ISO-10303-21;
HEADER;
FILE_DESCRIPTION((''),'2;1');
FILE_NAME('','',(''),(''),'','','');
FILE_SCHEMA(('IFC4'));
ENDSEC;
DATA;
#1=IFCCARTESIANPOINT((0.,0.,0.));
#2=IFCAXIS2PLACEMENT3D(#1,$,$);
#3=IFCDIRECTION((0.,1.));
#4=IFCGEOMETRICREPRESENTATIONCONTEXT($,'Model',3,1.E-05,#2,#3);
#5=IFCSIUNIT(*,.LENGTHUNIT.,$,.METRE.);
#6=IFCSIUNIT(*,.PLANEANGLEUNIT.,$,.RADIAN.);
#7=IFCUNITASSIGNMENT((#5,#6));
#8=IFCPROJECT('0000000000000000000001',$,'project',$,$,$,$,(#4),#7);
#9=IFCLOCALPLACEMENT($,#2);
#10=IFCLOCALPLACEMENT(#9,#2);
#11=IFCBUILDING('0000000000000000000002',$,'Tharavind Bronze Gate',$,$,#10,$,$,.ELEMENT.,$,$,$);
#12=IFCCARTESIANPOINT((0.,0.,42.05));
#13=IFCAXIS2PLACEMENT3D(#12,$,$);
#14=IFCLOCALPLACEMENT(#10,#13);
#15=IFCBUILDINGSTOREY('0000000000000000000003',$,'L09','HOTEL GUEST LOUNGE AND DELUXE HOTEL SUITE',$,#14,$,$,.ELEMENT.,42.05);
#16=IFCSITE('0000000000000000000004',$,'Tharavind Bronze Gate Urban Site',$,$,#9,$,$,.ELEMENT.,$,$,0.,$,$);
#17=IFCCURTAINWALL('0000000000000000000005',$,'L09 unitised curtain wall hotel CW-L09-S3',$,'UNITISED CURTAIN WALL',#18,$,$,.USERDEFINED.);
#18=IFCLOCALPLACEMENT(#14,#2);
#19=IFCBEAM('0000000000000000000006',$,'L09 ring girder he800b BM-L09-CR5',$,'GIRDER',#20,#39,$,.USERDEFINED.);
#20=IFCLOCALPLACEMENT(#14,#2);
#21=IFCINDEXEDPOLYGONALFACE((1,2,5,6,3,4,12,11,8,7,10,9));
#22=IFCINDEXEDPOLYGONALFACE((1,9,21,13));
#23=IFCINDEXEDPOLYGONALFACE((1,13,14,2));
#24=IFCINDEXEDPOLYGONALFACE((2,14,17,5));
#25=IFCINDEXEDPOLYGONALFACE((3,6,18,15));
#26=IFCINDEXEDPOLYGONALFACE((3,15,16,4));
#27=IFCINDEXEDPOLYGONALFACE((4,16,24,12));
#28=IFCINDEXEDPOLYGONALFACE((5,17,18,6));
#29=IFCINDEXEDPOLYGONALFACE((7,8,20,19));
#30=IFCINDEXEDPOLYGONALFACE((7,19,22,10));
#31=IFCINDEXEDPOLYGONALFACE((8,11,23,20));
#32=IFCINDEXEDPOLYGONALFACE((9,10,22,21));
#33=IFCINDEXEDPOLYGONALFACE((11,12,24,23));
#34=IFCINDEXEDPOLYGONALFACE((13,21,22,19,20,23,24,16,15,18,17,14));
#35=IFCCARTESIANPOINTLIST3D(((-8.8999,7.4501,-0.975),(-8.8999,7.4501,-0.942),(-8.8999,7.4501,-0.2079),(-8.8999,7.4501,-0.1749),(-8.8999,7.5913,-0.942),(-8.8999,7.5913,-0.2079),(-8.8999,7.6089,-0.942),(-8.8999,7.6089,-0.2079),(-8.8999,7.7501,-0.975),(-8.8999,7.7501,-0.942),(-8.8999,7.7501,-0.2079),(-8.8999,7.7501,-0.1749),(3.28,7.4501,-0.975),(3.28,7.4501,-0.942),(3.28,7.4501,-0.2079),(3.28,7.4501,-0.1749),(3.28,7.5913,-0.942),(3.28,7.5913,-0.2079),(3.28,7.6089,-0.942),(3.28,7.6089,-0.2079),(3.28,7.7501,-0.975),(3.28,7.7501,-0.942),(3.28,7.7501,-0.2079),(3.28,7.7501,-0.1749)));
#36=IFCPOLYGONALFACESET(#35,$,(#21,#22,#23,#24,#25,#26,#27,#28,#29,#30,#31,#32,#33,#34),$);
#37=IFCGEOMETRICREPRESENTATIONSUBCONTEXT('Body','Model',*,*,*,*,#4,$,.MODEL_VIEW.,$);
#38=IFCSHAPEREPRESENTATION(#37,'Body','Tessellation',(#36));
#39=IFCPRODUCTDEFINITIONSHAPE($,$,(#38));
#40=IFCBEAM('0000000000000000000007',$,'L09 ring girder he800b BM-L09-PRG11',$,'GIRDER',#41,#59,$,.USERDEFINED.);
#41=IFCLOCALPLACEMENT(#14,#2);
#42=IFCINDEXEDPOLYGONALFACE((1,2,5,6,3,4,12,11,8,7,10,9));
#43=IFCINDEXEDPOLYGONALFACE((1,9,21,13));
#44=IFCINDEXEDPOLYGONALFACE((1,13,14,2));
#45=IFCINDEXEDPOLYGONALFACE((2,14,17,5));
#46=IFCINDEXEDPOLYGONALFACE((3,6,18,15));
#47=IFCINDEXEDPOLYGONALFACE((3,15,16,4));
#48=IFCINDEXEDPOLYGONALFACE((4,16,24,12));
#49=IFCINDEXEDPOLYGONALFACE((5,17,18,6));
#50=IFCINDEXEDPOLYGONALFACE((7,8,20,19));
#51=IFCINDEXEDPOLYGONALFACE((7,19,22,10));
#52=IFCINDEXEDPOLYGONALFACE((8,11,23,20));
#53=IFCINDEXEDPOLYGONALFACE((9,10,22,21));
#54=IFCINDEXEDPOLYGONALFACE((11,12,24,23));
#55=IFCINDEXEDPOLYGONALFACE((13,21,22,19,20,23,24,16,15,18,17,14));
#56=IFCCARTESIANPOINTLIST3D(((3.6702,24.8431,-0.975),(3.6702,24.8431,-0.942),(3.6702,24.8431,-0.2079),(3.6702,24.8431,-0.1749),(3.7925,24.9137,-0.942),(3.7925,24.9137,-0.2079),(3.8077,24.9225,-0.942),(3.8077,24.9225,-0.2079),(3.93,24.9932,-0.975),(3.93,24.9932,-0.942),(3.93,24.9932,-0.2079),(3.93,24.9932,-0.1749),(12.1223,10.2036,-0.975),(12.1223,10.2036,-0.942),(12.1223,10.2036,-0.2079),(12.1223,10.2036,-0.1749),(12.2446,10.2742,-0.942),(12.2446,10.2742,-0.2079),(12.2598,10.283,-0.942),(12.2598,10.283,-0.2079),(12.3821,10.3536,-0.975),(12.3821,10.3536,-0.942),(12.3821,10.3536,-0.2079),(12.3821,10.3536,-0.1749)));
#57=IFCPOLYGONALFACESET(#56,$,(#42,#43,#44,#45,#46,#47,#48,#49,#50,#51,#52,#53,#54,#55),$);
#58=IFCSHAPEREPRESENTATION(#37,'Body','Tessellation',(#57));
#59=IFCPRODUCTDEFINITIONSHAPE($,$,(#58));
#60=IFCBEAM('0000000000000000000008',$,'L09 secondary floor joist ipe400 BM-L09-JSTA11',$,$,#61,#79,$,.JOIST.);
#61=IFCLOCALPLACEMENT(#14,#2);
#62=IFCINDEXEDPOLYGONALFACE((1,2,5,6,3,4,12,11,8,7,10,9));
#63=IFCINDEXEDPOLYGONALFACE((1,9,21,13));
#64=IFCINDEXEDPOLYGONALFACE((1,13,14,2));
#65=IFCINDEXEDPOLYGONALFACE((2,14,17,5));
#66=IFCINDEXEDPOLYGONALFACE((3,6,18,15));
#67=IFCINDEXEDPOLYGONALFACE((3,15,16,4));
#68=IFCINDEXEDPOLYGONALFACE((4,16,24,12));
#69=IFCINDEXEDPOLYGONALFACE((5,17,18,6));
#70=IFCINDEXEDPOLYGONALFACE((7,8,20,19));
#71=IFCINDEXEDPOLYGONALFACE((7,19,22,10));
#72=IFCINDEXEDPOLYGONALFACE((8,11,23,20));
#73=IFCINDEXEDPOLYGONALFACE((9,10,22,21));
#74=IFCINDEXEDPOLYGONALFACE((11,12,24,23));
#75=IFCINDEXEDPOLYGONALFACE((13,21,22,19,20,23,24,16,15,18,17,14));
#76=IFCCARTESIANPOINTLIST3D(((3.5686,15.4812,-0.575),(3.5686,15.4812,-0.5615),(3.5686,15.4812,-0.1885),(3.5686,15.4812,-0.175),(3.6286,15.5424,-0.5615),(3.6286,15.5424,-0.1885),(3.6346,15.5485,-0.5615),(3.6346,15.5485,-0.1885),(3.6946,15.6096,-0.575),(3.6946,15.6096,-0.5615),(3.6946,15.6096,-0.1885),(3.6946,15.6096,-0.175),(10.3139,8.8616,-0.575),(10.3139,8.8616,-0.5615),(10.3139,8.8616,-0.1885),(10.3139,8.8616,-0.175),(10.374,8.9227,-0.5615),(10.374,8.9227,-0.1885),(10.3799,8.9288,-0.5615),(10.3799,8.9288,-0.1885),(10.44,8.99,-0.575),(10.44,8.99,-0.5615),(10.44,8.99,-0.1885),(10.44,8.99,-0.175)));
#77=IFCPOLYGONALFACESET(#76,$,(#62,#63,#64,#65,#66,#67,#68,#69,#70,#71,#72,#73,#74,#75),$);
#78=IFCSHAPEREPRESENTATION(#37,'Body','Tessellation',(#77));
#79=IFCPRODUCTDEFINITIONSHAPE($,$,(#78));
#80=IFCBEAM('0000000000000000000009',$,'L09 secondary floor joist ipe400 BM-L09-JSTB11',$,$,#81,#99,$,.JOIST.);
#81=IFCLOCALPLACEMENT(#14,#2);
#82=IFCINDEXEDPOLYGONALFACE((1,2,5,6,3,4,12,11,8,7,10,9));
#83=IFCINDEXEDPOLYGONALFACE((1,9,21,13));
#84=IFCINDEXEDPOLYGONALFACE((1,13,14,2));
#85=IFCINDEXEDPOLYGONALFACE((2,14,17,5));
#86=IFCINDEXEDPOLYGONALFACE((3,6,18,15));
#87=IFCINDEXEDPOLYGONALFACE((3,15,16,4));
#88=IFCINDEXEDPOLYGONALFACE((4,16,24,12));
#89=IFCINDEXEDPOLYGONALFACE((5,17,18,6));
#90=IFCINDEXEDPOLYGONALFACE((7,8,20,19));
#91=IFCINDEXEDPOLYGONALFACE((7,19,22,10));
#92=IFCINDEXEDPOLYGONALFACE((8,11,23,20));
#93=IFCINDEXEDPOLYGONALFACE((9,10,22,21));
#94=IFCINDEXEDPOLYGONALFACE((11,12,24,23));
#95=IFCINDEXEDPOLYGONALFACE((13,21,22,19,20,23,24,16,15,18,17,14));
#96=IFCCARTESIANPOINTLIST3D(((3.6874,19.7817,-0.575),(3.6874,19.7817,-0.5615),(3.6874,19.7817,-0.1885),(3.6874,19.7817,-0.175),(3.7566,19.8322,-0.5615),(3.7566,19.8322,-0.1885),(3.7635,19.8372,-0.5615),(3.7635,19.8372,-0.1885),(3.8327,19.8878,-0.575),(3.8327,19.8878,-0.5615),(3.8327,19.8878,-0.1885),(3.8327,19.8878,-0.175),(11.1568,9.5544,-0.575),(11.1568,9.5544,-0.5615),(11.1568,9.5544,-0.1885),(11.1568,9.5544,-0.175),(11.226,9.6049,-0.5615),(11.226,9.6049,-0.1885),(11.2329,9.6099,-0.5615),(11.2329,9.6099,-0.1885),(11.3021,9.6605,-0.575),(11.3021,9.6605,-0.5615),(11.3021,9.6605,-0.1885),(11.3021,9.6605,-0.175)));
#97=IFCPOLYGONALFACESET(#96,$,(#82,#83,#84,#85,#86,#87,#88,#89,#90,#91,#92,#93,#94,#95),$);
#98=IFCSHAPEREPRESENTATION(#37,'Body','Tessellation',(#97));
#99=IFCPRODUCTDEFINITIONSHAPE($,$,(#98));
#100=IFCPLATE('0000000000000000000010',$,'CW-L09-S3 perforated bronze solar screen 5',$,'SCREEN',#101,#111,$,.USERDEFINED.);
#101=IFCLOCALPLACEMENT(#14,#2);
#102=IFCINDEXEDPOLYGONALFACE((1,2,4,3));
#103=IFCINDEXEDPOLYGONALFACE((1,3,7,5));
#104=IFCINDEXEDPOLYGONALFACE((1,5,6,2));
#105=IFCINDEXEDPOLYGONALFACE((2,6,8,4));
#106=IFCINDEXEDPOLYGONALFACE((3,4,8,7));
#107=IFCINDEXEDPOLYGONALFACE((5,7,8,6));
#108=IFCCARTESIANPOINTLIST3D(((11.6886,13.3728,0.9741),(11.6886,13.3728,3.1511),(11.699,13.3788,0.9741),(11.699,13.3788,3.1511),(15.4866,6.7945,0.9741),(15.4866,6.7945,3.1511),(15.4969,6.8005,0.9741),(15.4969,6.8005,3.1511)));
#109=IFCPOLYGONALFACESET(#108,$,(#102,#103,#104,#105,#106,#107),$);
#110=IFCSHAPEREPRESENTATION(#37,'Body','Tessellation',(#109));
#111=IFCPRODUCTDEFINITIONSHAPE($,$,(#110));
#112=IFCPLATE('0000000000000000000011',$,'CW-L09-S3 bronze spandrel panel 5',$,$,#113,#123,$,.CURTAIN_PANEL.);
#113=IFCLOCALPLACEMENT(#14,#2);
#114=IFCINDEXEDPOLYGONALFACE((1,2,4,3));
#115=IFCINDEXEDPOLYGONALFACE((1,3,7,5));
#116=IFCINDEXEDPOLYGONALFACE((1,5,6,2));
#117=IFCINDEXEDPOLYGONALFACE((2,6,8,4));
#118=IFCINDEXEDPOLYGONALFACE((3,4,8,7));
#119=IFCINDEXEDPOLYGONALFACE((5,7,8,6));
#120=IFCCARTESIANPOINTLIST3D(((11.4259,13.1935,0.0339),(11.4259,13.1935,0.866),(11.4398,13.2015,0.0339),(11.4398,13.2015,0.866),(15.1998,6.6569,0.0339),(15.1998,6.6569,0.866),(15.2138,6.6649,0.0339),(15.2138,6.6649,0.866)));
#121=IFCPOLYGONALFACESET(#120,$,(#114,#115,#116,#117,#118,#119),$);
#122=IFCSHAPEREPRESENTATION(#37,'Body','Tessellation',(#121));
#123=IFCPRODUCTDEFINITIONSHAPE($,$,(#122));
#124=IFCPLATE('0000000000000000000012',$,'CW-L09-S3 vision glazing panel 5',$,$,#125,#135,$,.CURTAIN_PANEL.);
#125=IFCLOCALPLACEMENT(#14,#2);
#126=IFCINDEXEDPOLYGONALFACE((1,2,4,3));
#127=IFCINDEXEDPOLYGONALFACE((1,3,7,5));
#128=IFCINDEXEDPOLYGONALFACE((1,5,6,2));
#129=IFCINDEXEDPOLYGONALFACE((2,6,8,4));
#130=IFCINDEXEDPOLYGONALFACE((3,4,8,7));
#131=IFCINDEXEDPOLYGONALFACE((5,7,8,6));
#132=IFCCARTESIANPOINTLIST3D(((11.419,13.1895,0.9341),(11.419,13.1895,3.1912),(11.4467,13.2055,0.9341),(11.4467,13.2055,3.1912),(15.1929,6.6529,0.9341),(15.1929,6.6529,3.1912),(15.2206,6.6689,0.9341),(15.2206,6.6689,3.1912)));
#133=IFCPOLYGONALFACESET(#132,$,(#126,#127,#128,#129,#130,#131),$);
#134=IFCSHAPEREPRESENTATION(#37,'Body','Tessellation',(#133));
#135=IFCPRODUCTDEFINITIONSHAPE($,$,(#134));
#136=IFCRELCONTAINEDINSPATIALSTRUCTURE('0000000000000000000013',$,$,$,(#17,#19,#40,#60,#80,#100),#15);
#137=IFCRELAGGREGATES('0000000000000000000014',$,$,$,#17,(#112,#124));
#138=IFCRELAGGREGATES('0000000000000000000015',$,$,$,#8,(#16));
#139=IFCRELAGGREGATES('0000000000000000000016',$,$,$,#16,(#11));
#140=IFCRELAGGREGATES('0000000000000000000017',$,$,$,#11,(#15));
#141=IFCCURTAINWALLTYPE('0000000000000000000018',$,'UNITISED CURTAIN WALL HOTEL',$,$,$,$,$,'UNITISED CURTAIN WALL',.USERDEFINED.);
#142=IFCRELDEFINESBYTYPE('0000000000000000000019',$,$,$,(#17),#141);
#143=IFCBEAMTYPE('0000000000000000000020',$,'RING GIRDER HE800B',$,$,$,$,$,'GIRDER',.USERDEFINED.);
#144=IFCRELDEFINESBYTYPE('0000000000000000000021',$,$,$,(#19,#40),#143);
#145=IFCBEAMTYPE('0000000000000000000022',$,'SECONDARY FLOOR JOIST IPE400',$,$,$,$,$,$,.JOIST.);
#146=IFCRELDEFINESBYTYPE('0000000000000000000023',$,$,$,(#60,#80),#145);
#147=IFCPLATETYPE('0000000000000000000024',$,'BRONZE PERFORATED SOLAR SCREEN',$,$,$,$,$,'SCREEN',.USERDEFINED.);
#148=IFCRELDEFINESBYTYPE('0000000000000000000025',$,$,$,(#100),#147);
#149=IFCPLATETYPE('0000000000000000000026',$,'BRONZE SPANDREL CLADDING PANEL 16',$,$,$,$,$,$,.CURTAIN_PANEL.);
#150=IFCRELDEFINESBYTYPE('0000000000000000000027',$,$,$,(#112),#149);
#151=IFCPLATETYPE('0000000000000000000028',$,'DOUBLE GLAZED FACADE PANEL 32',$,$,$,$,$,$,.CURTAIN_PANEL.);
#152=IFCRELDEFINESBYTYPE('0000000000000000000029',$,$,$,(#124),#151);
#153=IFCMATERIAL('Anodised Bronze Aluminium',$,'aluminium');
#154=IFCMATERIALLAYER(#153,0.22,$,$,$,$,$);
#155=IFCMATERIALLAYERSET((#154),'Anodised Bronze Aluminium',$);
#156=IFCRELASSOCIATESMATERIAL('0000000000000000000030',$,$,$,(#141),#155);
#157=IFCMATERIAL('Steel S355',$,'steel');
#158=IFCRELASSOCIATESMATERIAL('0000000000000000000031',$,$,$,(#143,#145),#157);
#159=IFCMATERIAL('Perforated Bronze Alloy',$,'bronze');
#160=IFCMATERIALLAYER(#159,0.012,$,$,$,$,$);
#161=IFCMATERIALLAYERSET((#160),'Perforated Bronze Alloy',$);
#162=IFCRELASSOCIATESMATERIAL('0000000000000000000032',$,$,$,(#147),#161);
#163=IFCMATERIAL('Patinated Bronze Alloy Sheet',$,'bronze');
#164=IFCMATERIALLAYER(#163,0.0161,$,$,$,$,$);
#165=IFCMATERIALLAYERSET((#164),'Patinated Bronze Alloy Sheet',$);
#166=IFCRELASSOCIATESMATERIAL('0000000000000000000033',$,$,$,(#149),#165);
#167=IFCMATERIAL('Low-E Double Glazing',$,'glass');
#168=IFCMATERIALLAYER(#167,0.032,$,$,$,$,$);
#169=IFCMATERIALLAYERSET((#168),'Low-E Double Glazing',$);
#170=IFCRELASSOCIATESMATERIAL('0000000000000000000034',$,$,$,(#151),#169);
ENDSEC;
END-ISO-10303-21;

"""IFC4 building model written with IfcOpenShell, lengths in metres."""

from ifc_helpers import new_model, si_unit, direction, frame, origin, origin_2d, place, context, subcontext, project, spatial, rectangle, i_section, extrude, material, layer, layer_set, material_profile, profile_set, type_object, element, aggregate, save


model = new_model("IFC4")

# Units and contexts
model_context = context("Model", 3, precision=1e-05, world=origin(), true_north=direction((0.0, 1.0)))
body_context = subcontext(model_context, "Body", "Model", "MODEL_VIEW")
ifc_project = project(units=[si_unit("LENGTHUNIT", "METRE"), si_unit("PLANEANGLEUNIT", "RADIAN")], contexts=[model_context])

# Site, building, storey
site_placement = place(None, origin())
site = spatial("IfcSite", under=ifc_project, at=site_placement, Name="Tharavind Bronze Gate Urban Site", CompositionType="ELEMENT", RefElevation=0.0)
building_placement = place(site_placement, origin())
building = spatial("IfcBuilding", under=site, at=building_placement, Name="Tharavind Bronze Gate", CompositionType="ELEMENT")
storey_placement = place(building_placement, frame((0.0, 0.0, 42.05)))
storey = spatial("IfcBuildingStorey", under=building, at=storey_placement, Name="L09", Description="HOTEL GUEST LOUNGE AND DELUXE HOTEL SUITE", CompositionType="ELEMENT", Elevation=42.05)

# Curtain wall
ifc_material_1 = material(Name="Anodised Bronze Aluminium", Category="aluminium")
ifc_layer_1 = layer(ifc_material_1, 0.22)
ifc_layer_set_1 = layer_set([ifc_layer_1], Name="Anodised Bronze Aluminium")
curtain_wall_type = type_object("IfcCurtainWallType", Name="UNITISED CURTAIN WALL HOTEL", ElementType="UNITISED CURTAIN WALL", PredefinedType="USERDEFINED", material=ifc_layer_set_1)
curtain_wall_placement = place(storey_placement, origin())
curtain_wall = element("IfcCurtainWall", 1, at=curtain_wall_placement, inside=storey, type_object=curtain_wall_type, Name="L09 unitised curtain wall hotel CW-L09-S3", ObjectType="UNITISED CURTAIN WALL", PredefinedType="USERDEFINED")

# Beams
ifc_material_2 = material(Name="Steel S355", Category="steel")
ifc_material_profile_1 = material_profile(ifc_material_2, i_section(OverallWidth=0.3, OverallDepth=0.8, WebThickness=0.0176, FlangeThickness=0.033, at=origin_2d()), Name="HE800B")
ifc_profile_set_1 = profile_set([ifc_material_profile_1], Name="Steel S355")
beam_type_1 = type_object("IfcBeamType", Name="RING GIRDER HE800B", ElementType="GIRDER", PredefinedType="USERDEFINED", material=ifc_profile_set_1)
beam_1_placement = place(storey_placement, frame((3.28, 7.6001, -0.575), z_axis=(-1.0, 0.0, 0.0), x_axis=(0.0, -1.0, 0.0)))
element("IfcBeam", 2, at=beam_1_placement, inside=storey, type_object=beam_type_1, Name="L09 ring girder he800b BM-L09-CR5", ObjectType="GIRDER", PredefinedType="USERDEFINED", context=body_context, shape_type="SweptSolid", body=[
    extrude(i_section(OverallWidth=0.3, OverallDepth=0.8, WebThickness=0.0176, FlangeThickness=0.033, at=origin_2d()), origin(), (0.0, 0.0, 1.0), 12.1799),
])
beam_2_placement = place(storey_placement, frame((12.2522, 10.2786, -0.575), z_axis=(-0.499997, 0.866027, 0.0), x_axis=(-0.866027, -0.499997, 0.0)))
element("IfcBeam", 3, at=beam_2_placement, inside=storey, type_object=beam_type_1, Name="L09 ring girder he800b BM-L09-PRG11", ObjectType="GIRDER", PredefinedType="USERDEFINED", context=body_context, shape_type="SweptSolid", body=[
    extrude(i_section(OverallWidth=0.3, OverallDepth=0.8, WebThickness=0.0176, FlangeThickness=0.033, at=origin_2d()), origin(), (0.0, 0.0, 1.0), 16.9043),
])
ifc_material_profile_2 = material_profile(ifc_material_2, i_section(OverallWidth=0.1799, OverallDepth=0.3999, WebThickness=0.0085, FlangeThickness=0.0134, at=origin_2d()), Name="IPE400")
ifc_profile_set_2 = profile_set([ifc_material_profile_2], Name="Steel S355")
beam_type_2 = type_object("IfcBeamType", Name="SECONDARY FLOOR JOIST IPE400", PredefinedType="JOIST", material=ifc_profile_set_2)
beam_3_placement = place(storey_placement, frame((10.377, 8.9258, -0.375), z_axis=(-0.713727, 0.700424, 0.0), x_axis=(-0.700424, -0.713727, 0.0)))
element("IfcBeam", 4, at=beam_3_placement, inside=storey, type_object=beam_type_2, Name="L09 secondary floor joist ipe400 BM-L09-JSTA11", PredefinedType="JOIST", context=body_context, shape_type="SweptSolid", body=[
    extrude(i_section(OverallWidth=0.1799, OverallDepth=0.3999, WebThickness=0.0085, FlangeThickness=0.0134, at=origin_2d()), origin(), (0.0, 0.0, 1.0), 9.4509),
])
beam_4_placement = place(storey_placement, frame((11.2295, 9.6074, -0.375), z_axis=(-0.589795, 0.807553, 0.0), x_axis=(-0.807553, -0.589795, 0.0)))
element("IfcBeam", 5, at=beam_4_placement, inside=storey, type_object=beam_type_2, Name="L09 secondary floor joist ipe400 BM-L09-JSTB11", PredefinedType="JOIST", context=body_context, shape_type="SweptSolid", body=[
    extrude(i_section(OverallWidth=0.1799, OverallDepth=0.3999, WebThickness=0.0085, FlangeThickness=0.0134, at=origin_2d()), origin(), (0.0, 0.0, 1.0), 12.6646),
])

# Plates
ifc_material_3 = material(Name="Perforated Bronze Alloy", Category="bronze")
ifc_layer_2 = layer(ifc_material_3, 0.012)
ifc_layer_set_2 = layer_set([ifc_layer_2], Name="Perforated Bronze Alloy")
plate_type_1 = type_object("IfcPlateType", Name="BRONZE PERFORATED SOLAR SCREEN", ElementType="SCREEN", PredefinedType="USERDEFINED", material=ifc_layer_set_2)
plate_1_placement = place(storey_placement, frame((13.5928, 10.0867, 0.9741), z_axis=(0.0, 0.0, 1.0), x_axis=(-0.500002, 0.866025, 0.0)))
element("IfcPlate", 6, at=plate_1_placement, inside=storey, type_object=plate_type_1, Name="CW-L09-S3 perforated bronze solar screen 5", ObjectType="SCREEN", PredefinedType="USERDEFINED", context=body_context, shape_type="SweptSolid", body=[
    extrude(rectangle(XDim=7.5959, YDim=0.012, at=origin_2d()), origin(), (0.0, 0.0, 1.0), 2.177),
])
ifc_material_4 = material(Name="Patinated Bronze Alloy Sheet", Category="bronze")
ifc_layer_3 = layer(ifc_material_4, 0.0161)
ifc_layer_set_3 = layer_set([ifc_layer_3], Name="Patinated Bronze Alloy Sheet")
plate_type_2 = type_object("IfcPlateType", Name="BRONZE SPANDREL CLADDING PANEL 16", PredefinedType="CURTAIN_PANEL", material=ifc_layer_set_3)
plate_2_placement = place(storey_placement, frame((13.3198, 9.9292, 0.0339), z_axis=(0.0, 0.0, 1.0), x_axis=(-0.500002, 0.866025, 0.0)))
plate_2 = element("IfcPlate", 7, at=plate_2_placement, type_object=plate_type_2, Name="CW-L09-S3 bronze spandrel panel 5", PredefinedType="CURTAIN_PANEL", context=body_context, shape_type="SweptSolid", body=[
    extrude(rectangle(XDim=7.5479, YDim=0.0161, at=origin_2d()), origin(), (0.0, 0.0, 1.0), 0.832),
])
ifc_material_5 = material(Name="Low-E Double Glazing", Category="glass")
ifc_layer_4 = layer(ifc_material_5, 0.032)
ifc_layer_set_4 = layer_set([ifc_layer_4], Name="Low-E Double Glazing")
plate_type_3 = type_object("IfcPlateType", Name="DOUBLE GLAZED FACADE PANEL 32", PredefinedType="CURTAIN_PANEL", material=ifc_layer_set_4)
plate_3_placement = place(storey_placement, frame((13.3198, 9.9292, 0.9341), z_axis=(0.0, 0.0, 1.0), x_axis=(-0.500002, 0.866025, 0.0)))
plate_3 = element("IfcPlate", 8, at=plate_3_placement, type_object=plate_type_3, Name="CW-L09-S3 vision glazing panel 5", PredefinedType="CURTAIN_PANEL", context=body_context, shape_type="SweptSolid", body=[
    extrude(rectangle(XDim=7.5479, YDim=0.032, at=origin_2d()), origin(), (0.0, 0.0, 1.0), 2.2571),
])
aggregate(curtain_wall, [plate_2, plate_3])

save(model, "model.ifc")
